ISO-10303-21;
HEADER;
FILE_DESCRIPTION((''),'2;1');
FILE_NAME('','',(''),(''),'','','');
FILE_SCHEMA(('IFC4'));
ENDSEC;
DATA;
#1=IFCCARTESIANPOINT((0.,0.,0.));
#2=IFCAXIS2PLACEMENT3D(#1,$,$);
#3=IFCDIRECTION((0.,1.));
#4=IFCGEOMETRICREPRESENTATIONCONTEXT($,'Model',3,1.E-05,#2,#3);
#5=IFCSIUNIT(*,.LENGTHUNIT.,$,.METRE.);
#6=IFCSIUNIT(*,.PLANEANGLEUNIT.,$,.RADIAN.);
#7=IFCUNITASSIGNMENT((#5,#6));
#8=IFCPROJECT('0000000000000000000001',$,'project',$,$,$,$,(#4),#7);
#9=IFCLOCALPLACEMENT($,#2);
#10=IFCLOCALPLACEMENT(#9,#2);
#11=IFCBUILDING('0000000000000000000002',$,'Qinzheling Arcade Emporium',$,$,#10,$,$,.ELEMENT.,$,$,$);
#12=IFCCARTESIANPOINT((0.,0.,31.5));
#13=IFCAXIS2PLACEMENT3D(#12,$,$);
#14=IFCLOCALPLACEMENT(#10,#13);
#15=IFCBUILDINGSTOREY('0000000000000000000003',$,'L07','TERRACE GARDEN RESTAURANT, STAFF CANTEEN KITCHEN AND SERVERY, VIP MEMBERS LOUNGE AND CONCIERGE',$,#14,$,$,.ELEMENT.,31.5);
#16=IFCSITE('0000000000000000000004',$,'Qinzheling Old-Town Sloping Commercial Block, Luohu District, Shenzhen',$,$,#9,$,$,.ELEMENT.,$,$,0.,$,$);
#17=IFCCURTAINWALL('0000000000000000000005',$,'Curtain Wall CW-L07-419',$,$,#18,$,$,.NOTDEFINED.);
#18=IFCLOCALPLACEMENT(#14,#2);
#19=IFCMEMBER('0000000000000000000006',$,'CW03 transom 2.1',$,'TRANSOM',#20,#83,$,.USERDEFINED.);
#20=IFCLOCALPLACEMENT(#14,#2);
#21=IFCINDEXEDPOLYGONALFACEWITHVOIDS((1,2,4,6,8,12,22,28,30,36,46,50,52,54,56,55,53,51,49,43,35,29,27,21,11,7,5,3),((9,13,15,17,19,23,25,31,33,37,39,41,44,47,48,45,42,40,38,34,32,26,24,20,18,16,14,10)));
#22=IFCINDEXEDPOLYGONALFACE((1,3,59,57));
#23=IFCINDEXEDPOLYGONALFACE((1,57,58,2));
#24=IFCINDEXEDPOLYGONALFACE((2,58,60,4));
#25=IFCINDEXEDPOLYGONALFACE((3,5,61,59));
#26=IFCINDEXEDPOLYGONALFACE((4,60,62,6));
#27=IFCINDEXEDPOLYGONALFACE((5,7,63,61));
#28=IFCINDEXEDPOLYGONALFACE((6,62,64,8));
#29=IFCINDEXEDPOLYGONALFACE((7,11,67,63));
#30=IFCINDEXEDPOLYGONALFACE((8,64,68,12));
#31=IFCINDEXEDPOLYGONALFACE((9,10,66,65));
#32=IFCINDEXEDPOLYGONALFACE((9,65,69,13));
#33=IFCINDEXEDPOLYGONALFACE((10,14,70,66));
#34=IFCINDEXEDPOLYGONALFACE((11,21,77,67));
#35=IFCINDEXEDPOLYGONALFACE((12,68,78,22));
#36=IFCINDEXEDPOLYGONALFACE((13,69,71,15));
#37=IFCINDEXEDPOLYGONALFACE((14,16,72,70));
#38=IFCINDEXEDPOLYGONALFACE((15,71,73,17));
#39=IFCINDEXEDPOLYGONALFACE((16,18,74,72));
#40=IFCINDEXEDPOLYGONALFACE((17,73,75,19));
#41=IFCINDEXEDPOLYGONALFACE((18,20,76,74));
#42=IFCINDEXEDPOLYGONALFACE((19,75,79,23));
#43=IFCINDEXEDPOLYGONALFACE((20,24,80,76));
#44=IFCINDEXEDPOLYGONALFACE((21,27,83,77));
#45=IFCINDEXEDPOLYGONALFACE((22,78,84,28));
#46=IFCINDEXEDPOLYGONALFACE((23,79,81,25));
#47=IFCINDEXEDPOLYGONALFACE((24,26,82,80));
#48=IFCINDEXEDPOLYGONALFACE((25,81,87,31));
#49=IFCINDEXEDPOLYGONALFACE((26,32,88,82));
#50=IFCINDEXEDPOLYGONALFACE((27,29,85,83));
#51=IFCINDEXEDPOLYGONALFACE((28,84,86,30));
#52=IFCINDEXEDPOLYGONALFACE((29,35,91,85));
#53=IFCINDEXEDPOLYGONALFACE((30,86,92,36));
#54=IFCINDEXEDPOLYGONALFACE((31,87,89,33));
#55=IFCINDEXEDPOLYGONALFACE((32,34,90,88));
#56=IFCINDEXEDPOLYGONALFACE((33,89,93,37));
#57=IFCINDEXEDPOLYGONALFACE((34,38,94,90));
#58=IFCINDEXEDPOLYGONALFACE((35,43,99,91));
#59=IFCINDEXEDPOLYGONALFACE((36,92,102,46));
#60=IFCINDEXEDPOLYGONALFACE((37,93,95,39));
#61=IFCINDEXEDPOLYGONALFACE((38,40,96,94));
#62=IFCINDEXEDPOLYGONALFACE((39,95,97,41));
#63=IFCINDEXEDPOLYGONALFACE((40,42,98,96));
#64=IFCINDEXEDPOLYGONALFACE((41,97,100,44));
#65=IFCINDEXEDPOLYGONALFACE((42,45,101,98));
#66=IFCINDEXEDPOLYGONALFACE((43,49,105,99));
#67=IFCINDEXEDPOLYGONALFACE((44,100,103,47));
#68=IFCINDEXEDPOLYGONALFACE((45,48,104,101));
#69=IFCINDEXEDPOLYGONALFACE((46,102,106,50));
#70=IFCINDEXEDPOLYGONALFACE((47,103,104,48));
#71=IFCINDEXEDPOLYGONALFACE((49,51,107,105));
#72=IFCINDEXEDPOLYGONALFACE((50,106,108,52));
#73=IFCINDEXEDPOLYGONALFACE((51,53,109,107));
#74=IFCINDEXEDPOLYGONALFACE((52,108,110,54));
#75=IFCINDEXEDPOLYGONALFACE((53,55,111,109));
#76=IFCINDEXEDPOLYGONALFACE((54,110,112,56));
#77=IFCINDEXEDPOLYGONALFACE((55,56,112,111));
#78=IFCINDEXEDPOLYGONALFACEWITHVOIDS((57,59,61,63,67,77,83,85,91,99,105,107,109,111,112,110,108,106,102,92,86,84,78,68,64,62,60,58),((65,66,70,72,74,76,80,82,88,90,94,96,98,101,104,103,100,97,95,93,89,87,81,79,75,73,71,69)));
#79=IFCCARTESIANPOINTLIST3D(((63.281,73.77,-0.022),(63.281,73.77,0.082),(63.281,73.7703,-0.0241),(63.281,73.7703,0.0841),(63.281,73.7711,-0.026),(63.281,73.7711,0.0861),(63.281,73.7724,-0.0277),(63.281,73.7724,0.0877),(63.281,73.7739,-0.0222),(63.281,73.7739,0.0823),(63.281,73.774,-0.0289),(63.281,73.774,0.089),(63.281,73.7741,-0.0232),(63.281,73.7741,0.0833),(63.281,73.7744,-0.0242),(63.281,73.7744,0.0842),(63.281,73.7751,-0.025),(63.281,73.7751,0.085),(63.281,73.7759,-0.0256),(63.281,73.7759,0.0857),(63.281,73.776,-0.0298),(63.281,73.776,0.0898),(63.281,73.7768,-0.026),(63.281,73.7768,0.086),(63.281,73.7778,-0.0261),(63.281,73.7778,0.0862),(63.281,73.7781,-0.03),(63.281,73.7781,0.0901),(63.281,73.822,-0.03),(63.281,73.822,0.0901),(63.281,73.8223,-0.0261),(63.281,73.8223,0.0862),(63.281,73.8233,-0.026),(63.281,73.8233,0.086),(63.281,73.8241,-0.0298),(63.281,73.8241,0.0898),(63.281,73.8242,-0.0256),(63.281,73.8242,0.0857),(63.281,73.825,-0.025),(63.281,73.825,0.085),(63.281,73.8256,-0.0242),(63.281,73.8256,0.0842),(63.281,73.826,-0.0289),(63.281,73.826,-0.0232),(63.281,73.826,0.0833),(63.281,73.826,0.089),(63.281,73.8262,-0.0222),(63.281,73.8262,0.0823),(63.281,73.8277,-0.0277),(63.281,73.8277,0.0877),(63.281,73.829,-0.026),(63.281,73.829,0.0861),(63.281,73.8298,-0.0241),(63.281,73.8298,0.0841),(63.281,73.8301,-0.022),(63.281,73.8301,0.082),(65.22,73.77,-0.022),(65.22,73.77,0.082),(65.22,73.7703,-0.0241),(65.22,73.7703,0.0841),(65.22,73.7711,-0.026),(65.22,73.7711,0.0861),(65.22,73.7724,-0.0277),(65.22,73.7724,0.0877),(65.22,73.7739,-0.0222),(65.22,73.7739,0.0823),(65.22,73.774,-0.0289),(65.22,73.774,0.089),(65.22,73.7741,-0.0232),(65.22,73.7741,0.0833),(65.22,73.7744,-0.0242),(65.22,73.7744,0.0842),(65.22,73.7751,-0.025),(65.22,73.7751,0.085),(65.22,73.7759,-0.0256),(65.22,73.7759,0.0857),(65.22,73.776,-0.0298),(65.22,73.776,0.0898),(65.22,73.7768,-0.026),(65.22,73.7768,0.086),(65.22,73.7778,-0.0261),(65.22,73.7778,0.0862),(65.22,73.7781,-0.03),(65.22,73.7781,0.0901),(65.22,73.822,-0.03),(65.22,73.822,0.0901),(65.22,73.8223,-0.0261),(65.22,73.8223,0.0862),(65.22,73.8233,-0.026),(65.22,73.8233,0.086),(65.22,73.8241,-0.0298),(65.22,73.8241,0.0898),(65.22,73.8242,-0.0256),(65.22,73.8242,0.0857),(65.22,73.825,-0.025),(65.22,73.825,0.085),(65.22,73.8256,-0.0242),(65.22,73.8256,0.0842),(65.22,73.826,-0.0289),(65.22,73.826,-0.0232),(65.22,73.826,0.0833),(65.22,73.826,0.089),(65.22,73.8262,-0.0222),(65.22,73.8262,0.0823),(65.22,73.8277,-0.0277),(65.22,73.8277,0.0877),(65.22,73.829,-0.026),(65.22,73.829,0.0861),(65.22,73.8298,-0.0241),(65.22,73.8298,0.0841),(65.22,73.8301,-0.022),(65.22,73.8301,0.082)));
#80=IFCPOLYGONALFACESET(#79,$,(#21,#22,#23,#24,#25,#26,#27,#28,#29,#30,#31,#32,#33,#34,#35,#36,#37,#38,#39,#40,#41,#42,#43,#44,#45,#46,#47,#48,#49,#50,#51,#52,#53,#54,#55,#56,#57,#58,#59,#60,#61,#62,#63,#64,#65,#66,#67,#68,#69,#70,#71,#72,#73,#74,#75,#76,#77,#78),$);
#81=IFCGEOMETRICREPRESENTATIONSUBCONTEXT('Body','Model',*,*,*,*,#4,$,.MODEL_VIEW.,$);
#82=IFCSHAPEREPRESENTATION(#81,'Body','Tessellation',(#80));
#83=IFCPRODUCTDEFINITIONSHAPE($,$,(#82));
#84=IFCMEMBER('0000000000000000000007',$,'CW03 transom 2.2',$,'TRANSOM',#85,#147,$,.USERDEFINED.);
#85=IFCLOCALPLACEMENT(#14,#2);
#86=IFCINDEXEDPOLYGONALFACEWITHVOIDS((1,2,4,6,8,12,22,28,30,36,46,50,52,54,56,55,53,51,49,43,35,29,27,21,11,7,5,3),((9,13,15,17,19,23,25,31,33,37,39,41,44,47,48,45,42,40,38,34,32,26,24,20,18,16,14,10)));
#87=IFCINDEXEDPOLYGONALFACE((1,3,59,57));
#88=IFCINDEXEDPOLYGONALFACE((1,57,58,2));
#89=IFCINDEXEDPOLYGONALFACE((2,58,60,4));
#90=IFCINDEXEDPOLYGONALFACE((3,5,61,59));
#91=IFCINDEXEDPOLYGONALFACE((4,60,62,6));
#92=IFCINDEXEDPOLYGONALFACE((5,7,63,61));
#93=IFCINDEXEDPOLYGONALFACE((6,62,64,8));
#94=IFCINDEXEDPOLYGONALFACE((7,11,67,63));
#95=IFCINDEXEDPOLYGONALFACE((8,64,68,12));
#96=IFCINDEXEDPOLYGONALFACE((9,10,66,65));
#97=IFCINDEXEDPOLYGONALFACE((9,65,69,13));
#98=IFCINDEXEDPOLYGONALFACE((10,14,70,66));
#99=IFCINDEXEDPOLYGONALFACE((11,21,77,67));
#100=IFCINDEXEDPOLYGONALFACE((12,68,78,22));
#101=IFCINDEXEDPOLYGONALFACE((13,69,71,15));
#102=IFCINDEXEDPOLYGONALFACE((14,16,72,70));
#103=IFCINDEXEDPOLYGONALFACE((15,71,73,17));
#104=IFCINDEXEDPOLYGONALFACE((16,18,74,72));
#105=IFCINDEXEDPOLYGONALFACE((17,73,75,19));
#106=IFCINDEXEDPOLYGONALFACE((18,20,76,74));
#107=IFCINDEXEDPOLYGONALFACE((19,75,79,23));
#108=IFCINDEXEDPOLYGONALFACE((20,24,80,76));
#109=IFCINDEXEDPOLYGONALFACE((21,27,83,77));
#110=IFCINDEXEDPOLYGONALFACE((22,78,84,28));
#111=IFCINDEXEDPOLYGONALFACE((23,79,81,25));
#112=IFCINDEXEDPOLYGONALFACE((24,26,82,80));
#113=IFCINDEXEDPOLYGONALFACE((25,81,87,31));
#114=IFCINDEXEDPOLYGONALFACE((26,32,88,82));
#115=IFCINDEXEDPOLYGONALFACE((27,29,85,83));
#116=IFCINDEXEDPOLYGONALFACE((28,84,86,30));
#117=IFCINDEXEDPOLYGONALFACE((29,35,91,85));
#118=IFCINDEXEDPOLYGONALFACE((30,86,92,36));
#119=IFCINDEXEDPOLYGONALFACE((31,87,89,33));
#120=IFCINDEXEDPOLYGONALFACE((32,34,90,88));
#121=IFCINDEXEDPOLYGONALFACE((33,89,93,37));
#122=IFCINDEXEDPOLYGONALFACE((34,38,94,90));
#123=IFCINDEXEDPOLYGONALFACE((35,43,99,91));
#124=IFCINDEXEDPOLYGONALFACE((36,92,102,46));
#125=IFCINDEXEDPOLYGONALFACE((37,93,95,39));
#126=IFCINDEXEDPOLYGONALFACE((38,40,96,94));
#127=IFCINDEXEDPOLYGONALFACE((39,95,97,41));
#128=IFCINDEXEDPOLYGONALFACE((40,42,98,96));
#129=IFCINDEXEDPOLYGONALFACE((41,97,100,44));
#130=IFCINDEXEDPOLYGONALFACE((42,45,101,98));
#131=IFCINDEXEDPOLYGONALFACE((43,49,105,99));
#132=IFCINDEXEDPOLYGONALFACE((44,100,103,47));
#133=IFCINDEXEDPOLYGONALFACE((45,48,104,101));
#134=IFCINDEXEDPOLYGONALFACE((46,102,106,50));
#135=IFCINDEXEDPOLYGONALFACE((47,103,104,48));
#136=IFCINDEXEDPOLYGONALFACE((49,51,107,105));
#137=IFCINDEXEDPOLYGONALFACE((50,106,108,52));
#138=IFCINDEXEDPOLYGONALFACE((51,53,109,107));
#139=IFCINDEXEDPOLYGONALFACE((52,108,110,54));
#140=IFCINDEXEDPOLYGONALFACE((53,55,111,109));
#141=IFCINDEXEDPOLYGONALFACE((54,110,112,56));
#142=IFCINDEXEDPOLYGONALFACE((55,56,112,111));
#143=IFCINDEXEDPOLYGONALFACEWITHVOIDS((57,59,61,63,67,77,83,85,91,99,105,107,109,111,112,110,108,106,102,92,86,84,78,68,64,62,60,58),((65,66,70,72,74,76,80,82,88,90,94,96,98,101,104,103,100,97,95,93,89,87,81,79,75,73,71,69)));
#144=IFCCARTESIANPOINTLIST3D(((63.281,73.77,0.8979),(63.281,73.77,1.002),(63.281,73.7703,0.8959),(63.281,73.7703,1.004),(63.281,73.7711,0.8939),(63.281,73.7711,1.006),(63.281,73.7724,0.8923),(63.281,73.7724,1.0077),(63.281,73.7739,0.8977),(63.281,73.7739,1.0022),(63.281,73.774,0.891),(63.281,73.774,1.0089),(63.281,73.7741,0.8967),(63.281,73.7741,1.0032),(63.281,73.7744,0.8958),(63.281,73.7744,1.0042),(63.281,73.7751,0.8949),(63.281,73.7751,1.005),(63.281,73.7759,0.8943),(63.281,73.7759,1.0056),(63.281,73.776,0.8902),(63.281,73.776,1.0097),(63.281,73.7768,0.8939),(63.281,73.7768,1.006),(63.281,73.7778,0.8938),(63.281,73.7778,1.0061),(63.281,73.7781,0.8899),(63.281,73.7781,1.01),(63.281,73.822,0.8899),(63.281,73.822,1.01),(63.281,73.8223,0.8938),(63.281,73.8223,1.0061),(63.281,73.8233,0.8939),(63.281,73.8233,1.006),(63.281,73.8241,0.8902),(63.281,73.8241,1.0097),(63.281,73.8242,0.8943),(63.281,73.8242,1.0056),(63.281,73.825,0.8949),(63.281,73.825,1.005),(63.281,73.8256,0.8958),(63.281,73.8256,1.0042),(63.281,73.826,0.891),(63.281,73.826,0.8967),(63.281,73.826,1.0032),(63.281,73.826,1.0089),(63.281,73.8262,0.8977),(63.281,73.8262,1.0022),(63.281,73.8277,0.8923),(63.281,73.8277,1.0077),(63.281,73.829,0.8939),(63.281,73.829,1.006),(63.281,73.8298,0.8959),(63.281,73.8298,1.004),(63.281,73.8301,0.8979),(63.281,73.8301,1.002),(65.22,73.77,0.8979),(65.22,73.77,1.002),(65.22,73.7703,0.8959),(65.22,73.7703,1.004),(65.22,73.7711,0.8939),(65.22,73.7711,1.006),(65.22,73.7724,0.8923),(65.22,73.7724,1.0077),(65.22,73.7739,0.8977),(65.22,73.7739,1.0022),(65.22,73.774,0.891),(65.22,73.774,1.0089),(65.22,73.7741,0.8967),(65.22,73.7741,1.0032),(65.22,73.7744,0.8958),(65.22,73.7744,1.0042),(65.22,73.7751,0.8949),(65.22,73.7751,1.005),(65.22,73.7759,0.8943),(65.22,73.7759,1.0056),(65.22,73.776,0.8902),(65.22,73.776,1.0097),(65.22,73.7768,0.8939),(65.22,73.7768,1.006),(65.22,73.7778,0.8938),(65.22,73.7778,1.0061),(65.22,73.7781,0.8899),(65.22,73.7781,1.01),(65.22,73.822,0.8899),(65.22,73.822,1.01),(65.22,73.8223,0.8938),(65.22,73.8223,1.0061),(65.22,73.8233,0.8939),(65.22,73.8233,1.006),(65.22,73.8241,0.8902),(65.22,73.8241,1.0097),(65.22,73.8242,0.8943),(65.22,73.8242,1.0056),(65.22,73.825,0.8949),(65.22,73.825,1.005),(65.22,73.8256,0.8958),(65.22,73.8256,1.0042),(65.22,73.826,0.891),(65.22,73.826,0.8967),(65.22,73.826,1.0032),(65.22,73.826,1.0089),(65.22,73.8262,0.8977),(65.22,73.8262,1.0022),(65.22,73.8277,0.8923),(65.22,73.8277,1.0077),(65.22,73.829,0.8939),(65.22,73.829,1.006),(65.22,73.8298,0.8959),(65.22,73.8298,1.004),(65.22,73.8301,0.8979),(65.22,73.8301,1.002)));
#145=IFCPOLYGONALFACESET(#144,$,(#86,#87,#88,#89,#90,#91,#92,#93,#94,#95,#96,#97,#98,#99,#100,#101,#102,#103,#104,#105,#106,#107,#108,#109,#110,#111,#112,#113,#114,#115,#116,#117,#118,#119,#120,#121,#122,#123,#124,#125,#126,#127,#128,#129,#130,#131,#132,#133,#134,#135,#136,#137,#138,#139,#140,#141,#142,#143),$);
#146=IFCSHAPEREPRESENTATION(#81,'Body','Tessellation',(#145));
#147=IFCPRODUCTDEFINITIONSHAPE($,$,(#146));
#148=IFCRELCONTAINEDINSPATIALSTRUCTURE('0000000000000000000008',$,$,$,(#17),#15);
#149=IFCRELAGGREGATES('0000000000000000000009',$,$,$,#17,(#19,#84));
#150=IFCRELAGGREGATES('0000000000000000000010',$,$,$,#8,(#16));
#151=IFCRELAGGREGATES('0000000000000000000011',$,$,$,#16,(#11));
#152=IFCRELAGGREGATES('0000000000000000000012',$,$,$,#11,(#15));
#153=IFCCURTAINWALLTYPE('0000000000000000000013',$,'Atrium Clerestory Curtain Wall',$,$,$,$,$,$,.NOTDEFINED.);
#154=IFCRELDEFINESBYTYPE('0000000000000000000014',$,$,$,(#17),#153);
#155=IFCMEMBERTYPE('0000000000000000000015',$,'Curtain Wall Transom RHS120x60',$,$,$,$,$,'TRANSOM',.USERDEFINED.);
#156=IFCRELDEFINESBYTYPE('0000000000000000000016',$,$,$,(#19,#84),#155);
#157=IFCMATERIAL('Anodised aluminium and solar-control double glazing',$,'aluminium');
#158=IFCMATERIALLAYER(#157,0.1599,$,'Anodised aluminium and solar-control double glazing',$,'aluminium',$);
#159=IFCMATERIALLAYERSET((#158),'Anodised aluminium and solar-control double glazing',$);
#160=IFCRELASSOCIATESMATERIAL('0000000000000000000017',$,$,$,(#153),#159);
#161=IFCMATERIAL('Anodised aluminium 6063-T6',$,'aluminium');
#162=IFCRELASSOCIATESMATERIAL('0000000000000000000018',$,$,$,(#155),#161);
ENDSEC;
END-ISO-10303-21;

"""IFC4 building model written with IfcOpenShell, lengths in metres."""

from ifc_helpers import new_model, si_unit, direction, frame, origin, origin_2d, place, context, subcontext, project, spatial, hollow_rectangle, extrude, material, layer, layer_set, material_profile, profile_set, type_object, element, aggregate, save


model = new_model("IFC4")

# Units and contexts
model_context = context("Model", 3, precision=1e-05, world=origin(), true_north=direction((0.0, 1.0)))
body_context = subcontext(model_context, "Body", "Model", "MODEL_VIEW")
ifc_project = project(units=[si_unit("LENGTHUNIT", "METRE"), si_unit("PLANEANGLEUNIT", "RADIAN")], contexts=[model_context])

# Site, building, storey
site_placement = place(None, origin())
site = spatial("IfcSite", under=ifc_project, at=site_placement, Name="Qinzheling Old-Town Sloping Commercial Block, Luohu District, Shenzhen", CompositionType="ELEMENT", RefElevation=0.0)
building_placement = place(site_placement, origin())
building = spatial("IfcBuilding", under=site, at=building_placement, Name="Qinzheling Arcade Emporium", CompositionType="ELEMENT")
storey_placement = place(building_placement, frame((0.0, 0.0, 31.5)))
storey = spatial("IfcBuildingStorey", under=building, at=storey_placement, Name="L07", Description="TERRACE GARDEN RESTAURANT, STAFF CANTEEN KITCHEN AND SERVERY, VIP MEMBERS LOUNGE AND CONCIERGE", CompositionType="ELEMENT", Elevation=31.5)

# Curtain wall
ifc_material_1 = material(Name="Anodised aluminium and solar-control double glazing", Category="aluminium")
ifc_layer_1 = layer(ifc_material_1, 0.1599, Name="Anodised aluminium and solar-control double glazing", Category="aluminium")
ifc_layer_set_1 = layer_set([ifc_layer_1], Name="Anodised aluminium and solar-control double glazing")
curtain_wall_type = type_object("IfcCurtainWallType", Name="Atrium Clerestory Curtain Wall", PredefinedType="NOTDEFINED", material=ifc_layer_set_1)
ifc_material_2 = material(Name="Anodised aluminium 6063-T6", Category="aluminium")
curtain_wall_1_placement = place(storey_placement, origin())
curtain_wall_1 = element("IfcCurtainWall", 1, at=curtain_wall_1_placement, inside=storey, type_object=curtain_wall_type, Name="Curtain Wall CW-L07-419", PredefinedType="NOTDEFINED")

# Members
ifc_material_profile_1 = material_profile(ifc_material_2, hollow_rectangle(XDim=0.0601, YDim=0.1201, WallThickness=0.0039, InnerFilletRadius=0.0039, OuterFilletRadius=0.0081, at=origin_2d()), Name="RHS 120x60x4", Category="aluminium")
ifc_profile_set_1 = profile_set([ifc_material_profile_1], Name="Anodised aluminium 6063-T6")
member_type_1 = type_object("IfcMemberType", Name="Curtain Wall Transom RHS120x60", ElementType="TRANSOM", PredefinedType="USERDEFINED", material=ifc_profile_set_1)
member_1_placement = place(storey_placement, frame((63.281, 73.8, 0.03), z_axis=(1.0, 0.0, 0.0), x_axis=(0.0, 1.0, 0.0)))
member_1 = element("IfcMember", 2, at=member_1_placement, type_object=member_type_1, Name="CW03 transom 2.1", ObjectType="TRANSOM", PredefinedType="USERDEFINED", context=body_context, shape_type="SweptSolid", body=[
    extrude(hollow_rectangle(XDim=0.0601, YDim=0.1201, WallThickness=0.0039, InnerFilletRadius=0.0039, OuterFilletRadius=0.0081, at=origin_2d()), origin(), (0.0, 0.0, 1.0), 1.939),
])
member_2_placement = place(storey_placement, frame((63.281, 73.8, 0.95), z_axis=(1.0, 0.0, 0.0), x_axis=(0.0, 1.0, 0.0)))
member_2 = element("IfcMember", 3, at=member_2_placement, type_object=member_type_1, Name="CW03 transom 2.2", ObjectType="TRANSOM", PredefinedType="USERDEFINED", context=body_context, shape_type="SweptSolid", body=[
    extrude(hollow_rectangle(XDim=0.0601, YDim=0.1201, WallThickness=0.0039, InnerFilletRadius=0.0039, OuterFilletRadius=0.0081, at=origin_2d()), origin(), (0.0, 0.0, 1.0), 1.939),
])

aggregate(curtain_wall_1, [member_1, member_2])

save(model, "model.ifc")
